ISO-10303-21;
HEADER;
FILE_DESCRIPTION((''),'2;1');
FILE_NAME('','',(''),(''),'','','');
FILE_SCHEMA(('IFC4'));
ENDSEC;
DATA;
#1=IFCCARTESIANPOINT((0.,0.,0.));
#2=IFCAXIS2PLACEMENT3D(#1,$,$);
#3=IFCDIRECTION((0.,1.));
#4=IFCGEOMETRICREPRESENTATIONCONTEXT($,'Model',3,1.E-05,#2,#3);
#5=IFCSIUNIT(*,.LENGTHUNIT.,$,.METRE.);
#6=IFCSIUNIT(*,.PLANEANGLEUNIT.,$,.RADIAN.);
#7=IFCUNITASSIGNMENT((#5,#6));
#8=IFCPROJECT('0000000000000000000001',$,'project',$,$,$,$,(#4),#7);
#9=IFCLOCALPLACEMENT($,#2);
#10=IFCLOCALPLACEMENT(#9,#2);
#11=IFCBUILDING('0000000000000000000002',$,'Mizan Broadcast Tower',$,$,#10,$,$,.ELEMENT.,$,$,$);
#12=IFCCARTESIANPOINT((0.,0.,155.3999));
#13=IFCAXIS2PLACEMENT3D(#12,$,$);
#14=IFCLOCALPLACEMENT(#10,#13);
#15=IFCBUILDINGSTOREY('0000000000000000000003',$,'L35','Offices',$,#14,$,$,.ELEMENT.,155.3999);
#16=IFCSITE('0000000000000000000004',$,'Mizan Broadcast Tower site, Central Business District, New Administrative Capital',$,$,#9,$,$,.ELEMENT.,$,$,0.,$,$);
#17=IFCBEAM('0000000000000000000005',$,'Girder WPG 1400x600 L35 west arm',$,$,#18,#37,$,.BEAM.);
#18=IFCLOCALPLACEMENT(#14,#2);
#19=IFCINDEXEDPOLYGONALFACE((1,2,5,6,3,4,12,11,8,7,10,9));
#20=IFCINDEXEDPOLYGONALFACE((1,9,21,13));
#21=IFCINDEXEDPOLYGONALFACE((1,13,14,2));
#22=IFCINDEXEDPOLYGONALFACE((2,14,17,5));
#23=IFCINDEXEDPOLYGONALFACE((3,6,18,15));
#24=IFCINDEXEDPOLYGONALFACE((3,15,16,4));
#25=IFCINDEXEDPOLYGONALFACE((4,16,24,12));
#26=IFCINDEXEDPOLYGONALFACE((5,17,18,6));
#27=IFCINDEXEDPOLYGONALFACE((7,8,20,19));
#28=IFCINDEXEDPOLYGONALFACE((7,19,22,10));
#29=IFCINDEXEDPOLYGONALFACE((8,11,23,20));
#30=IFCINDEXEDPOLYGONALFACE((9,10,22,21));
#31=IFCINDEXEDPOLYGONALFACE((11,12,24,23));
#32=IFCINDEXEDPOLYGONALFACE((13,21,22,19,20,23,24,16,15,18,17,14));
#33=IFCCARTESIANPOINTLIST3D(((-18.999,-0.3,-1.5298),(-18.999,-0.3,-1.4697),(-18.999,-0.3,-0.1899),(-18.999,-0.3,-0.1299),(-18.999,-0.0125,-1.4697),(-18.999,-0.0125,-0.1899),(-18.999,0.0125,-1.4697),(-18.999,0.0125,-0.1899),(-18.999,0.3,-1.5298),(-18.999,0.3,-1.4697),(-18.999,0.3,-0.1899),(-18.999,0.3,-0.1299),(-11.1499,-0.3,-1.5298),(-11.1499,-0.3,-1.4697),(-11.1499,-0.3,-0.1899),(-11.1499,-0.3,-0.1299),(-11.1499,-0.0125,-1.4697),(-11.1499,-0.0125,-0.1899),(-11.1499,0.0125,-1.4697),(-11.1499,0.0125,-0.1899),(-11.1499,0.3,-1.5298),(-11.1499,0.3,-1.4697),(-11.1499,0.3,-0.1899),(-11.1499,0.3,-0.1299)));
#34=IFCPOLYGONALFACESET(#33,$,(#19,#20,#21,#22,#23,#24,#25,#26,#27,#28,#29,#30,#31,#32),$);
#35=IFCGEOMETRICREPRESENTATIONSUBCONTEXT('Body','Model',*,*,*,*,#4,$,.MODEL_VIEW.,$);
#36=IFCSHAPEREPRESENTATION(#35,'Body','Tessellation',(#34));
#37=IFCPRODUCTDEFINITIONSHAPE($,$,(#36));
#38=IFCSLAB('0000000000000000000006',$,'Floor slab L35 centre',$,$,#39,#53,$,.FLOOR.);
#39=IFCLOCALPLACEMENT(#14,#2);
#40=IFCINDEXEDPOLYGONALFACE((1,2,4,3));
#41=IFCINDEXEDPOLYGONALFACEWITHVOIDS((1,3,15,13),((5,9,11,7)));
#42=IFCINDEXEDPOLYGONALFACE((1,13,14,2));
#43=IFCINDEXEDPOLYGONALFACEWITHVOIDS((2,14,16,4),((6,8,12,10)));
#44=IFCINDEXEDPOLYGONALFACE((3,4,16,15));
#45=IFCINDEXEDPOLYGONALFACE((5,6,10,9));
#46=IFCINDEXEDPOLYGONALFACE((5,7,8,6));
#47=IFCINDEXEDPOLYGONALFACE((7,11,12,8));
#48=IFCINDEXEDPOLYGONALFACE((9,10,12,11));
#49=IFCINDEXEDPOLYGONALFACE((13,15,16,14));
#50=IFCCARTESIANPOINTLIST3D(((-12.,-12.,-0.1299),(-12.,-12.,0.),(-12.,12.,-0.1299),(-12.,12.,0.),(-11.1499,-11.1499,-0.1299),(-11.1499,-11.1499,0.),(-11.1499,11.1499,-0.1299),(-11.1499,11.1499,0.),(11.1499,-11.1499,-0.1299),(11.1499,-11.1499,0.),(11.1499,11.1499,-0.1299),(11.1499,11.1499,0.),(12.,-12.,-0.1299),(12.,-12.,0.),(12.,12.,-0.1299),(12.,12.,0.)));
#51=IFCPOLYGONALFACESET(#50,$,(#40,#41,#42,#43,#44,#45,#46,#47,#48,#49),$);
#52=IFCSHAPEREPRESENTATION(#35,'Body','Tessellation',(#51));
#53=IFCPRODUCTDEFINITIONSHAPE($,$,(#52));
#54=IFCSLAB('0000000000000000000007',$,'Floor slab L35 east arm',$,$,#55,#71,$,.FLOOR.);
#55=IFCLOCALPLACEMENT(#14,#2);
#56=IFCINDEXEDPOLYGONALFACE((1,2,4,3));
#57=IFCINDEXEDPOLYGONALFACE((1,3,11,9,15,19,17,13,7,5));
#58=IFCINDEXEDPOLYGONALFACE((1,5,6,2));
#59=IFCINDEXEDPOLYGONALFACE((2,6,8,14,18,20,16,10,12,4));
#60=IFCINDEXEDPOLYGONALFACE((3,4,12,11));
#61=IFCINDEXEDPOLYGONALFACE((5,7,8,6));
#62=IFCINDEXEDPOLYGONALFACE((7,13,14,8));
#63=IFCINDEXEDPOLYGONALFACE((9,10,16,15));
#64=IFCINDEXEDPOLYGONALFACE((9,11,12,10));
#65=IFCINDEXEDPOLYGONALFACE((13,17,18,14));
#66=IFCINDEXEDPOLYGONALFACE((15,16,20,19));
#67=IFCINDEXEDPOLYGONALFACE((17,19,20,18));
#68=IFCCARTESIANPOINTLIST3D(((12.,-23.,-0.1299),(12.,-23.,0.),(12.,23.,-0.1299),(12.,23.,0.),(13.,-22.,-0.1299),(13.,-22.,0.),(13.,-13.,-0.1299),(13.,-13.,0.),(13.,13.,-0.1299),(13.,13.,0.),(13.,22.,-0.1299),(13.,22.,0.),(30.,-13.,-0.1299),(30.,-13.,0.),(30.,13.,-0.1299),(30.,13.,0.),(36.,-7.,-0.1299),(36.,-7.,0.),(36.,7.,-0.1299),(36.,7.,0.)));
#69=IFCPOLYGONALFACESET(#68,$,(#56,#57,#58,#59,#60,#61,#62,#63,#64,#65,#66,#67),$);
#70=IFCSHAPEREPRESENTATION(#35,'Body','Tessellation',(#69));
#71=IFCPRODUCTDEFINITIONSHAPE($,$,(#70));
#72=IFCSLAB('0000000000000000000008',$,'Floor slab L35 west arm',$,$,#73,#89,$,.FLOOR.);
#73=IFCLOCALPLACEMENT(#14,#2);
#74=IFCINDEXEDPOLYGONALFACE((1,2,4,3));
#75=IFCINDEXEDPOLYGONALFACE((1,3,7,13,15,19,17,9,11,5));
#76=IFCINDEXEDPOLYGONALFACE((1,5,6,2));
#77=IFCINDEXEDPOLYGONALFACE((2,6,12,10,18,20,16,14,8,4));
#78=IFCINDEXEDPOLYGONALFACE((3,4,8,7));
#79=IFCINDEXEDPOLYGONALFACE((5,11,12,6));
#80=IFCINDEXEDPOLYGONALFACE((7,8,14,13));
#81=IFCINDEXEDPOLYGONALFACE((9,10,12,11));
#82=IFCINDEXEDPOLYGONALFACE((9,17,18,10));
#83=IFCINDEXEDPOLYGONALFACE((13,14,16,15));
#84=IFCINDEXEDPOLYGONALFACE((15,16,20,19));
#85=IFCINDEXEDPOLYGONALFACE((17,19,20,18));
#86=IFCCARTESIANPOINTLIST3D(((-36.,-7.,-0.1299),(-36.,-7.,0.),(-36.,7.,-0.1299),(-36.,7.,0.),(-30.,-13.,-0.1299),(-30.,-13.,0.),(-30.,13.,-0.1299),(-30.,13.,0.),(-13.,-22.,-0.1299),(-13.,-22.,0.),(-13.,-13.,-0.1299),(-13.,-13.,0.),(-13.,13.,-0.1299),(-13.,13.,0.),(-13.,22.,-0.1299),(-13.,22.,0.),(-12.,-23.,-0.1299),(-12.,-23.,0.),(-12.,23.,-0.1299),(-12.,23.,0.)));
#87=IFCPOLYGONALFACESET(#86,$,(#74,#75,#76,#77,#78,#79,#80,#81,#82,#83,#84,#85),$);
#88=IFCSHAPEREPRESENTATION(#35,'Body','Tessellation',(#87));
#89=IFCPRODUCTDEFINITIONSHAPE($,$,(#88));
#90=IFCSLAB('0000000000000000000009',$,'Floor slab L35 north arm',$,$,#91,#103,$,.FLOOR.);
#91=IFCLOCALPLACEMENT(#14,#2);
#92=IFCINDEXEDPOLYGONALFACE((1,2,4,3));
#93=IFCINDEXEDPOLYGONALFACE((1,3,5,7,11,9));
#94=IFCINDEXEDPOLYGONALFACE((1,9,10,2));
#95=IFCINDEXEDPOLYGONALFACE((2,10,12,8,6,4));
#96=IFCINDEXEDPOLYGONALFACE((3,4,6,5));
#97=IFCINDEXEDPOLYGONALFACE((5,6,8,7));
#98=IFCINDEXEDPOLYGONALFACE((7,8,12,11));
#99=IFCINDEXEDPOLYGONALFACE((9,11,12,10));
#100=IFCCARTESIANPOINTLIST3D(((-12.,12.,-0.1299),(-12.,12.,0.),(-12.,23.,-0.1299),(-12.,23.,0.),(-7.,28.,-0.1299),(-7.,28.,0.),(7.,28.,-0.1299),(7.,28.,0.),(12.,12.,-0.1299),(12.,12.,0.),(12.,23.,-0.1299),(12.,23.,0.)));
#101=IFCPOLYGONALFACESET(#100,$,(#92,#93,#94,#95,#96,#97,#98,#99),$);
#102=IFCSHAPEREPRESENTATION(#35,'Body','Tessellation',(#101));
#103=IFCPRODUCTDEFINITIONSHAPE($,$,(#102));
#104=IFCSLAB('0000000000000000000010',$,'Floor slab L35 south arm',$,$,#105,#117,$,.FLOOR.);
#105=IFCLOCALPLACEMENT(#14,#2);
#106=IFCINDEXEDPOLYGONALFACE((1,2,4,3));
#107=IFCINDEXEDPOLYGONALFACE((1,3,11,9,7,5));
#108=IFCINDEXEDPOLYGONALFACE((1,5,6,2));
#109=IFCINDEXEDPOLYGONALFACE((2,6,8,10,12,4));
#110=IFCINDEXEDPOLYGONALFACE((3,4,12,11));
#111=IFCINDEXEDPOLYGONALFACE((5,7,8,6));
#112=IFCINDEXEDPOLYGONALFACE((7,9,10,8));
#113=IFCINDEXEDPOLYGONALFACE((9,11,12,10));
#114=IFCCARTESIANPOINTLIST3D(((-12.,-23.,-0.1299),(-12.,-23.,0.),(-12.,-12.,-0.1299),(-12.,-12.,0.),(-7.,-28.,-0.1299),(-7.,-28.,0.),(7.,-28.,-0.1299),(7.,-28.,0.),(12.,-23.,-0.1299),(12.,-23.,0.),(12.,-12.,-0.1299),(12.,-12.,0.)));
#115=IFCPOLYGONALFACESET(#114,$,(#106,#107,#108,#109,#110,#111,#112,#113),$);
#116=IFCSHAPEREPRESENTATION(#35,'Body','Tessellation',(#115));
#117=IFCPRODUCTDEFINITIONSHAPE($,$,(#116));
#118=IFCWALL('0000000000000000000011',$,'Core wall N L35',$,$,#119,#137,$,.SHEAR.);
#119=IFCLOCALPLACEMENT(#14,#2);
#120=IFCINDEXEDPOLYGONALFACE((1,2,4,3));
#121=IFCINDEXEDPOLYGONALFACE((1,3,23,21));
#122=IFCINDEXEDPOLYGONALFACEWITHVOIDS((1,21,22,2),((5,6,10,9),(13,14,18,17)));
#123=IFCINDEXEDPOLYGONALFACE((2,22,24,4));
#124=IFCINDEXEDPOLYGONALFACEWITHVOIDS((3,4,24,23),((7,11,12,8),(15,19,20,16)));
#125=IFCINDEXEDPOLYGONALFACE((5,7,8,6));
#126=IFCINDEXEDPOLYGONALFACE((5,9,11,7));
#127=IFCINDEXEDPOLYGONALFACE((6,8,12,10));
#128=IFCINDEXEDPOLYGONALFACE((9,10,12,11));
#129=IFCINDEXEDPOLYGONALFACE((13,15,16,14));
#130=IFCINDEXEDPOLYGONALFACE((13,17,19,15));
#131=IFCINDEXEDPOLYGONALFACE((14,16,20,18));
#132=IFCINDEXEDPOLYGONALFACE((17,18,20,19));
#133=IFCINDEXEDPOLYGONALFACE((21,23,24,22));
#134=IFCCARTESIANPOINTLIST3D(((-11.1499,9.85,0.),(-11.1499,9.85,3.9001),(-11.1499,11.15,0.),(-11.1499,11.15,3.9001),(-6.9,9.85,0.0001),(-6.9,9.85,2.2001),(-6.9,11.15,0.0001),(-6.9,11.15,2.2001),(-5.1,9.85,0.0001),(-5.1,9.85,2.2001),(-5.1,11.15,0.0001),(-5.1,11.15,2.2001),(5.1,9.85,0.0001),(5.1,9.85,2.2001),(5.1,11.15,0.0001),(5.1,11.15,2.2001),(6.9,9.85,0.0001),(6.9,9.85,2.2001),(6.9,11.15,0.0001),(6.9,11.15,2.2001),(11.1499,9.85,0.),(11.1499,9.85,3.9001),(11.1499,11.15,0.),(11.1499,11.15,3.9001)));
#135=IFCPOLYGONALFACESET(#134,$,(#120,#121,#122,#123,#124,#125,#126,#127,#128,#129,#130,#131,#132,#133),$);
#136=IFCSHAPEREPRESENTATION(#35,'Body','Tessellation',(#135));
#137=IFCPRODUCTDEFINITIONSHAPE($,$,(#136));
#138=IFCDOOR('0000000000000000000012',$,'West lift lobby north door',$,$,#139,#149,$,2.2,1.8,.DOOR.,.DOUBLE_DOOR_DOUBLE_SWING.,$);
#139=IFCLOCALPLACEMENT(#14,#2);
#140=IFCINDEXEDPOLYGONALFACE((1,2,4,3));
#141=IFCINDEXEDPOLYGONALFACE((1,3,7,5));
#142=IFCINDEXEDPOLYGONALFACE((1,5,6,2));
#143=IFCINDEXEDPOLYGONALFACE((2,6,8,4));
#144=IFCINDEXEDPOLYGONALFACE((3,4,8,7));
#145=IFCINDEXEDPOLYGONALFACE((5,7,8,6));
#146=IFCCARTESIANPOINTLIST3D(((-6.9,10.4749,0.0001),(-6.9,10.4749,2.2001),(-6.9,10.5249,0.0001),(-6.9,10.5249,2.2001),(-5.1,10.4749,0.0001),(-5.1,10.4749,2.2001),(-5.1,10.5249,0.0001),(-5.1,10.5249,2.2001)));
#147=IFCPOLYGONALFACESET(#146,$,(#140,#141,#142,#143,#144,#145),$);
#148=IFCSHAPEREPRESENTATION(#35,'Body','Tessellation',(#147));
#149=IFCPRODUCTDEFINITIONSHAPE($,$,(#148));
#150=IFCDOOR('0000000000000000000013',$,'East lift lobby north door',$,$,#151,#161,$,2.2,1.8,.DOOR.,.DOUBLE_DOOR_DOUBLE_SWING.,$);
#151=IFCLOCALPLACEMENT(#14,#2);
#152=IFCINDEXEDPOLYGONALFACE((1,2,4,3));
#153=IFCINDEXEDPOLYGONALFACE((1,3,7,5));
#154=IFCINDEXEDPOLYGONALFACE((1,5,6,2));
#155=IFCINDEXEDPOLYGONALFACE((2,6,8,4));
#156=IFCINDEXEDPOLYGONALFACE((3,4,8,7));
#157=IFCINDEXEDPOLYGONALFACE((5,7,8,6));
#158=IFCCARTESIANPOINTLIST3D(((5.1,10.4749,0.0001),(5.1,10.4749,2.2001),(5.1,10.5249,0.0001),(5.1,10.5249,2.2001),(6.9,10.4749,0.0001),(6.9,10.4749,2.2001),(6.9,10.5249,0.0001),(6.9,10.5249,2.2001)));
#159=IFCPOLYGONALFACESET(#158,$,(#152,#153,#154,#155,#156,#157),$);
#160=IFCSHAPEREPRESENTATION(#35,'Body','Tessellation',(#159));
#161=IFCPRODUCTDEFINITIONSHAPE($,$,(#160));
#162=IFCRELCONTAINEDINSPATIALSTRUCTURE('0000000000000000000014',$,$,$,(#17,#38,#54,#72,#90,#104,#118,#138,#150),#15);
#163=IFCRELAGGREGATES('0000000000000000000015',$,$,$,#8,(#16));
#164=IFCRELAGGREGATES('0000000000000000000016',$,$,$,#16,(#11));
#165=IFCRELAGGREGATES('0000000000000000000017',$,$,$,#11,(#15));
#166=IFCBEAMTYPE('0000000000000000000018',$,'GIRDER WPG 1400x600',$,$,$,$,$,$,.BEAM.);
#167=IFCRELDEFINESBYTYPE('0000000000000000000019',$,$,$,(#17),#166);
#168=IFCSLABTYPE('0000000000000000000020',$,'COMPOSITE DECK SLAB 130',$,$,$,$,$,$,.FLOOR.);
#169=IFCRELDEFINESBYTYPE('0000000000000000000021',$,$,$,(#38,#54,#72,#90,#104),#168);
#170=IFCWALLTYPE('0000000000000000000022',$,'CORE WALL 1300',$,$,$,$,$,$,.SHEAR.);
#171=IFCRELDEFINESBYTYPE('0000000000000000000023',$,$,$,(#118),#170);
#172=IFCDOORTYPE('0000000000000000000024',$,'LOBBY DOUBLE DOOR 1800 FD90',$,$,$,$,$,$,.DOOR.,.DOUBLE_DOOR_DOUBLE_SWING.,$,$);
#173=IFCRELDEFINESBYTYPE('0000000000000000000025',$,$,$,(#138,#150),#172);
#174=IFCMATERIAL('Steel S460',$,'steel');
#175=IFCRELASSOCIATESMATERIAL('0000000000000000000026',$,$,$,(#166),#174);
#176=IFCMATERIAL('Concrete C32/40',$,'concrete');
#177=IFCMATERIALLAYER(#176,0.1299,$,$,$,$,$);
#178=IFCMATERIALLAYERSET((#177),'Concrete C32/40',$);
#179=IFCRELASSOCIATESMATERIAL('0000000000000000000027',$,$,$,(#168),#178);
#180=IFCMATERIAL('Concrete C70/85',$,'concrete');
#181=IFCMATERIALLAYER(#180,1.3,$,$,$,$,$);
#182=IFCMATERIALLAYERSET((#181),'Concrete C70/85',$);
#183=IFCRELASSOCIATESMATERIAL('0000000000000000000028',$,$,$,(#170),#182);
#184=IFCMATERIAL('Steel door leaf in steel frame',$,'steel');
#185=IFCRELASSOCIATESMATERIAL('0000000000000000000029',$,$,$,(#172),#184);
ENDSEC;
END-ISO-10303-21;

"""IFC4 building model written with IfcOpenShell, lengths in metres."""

from ifc_helpers import new_model, si_unit, direction, frame, frame_2d, origin, origin_2d, place, context, subcontext, project, spatial, polyline, rectangle, i_section, outline, extrude, material, layer, layer_set, material_profile, profile_set, type_object, element, fill, save


model = new_model("IFC4")

# Units and contexts
model_context = context("Model", 3, precision=1e-05, world=origin(), true_north=direction((0.0, 1.0)))
body_context = subcontext(model_context, "Body", "Model", "MODEL_VIEW")
ifc_project = project(units=[si_unit("LENGTHUNIT", "METRE"), si_unit("PLANEANGLEUNIT", "RADIAN")], contexts=[model_context])

# Site, building, storey
site_placement = place(None, origin())
site = spatial("IfcSite", under=ifc_project, at=site_placement, Name="Mizan Broadcast Tower site, Central Business District, New Administrative Capital", CompositionType="ELEMENT", RefElevation=0.0)
building_placement = place(site_placement, origin())
building = spatial("IfcBuilding", under=site, at=building_placement, Name="Mizan Broadcast Tower", CompositionType="ELEMENT")
storey_placement = place(building_placement, frame((0.0, 0.0, 155.3999)))
storey = spatial("IfcBuildingStorey", under=building, at=storey_placement, Name="L35", Description="Offices", CompositionType="ELEMENT", Elevation=155.3999)

# Beam
ifc_material_1 = material(Name="Steel S460", Category="steel")
ifc_material_profile = material_profile(ifc_material_1, i_section(OverallWidth=0.6001, OverallDepth=1.3999, WebThickness=0.0249, FlangeThickness=0.0601, at=origin_2d()), Name="WPG 1400x600")
ifc_profile_set = profile_set([ifc_material_profile], Name="Steel S460")
beam_type = type_object("IfcBeamType", Name="GIRDER WPG 1400x600", PredefinedType="BEAM", material=ifc_profile_set)
beam_placement = place(storey_placement, frame((-11.1499, 0.0, -0.8298), z_axis=(-1.0, 0.0, 0.0), x_axis=(0.0, -1.0, 0.0)))
element("IfcBeam", 1, at=beam_placement, inside=storey, type_object=beam_type, Name="Girder WPG 1400x600 L35 west arm", PredefinedType="BEAM", context=body_context, shape_type="SweptSolid", body=[
    extrude(i_section(OverallWidth=0.6001, OverallDepth=1.3999, WebThickness=0.0249, FlangeThickness=0.0601, at=origin_2d()), origin(), (0.0, 0.0, 1.0), 7.8491),
])

# Slabs
ifc_material_2 = material(Name="Concrete C32/40", Category="concrete")
ifc_layer_1 = layer(ifc_material_2, 0.1299)
ifc_layer_set_1 = layer_set([ifc_layer_1], Name="Concrete C32/40")
slab_type = type_object("IfcSlabType", Name="COMPOSITE DECK SLAB 130", PredefinedType="FLOOR", material=ifc_layer_set_1)
slab_1_placement = place(storey_placement, frame((0.0, 0.0, -0.1299)))
element("IfcSlab", 2, at=slab_1_placement, inside=storey, type_object=slab_type, Name="Floor slab L35 centre", PredefinedType="FLOOR", context=body_context, shape_type="SweptSolid", body=[
    extrude(outline(polyline([(-12.0, -12.0), (12.0, -12.0), (12.0, 12.0), (-12.0, 12.0), (-12.0, -12.0)]), holes=[polyline([(-11.1499, 11.1499), (11.1499, 11.1499), (11.1499, -11.1499), (-11.1499, -11.1499), (-11.1499, 11.1499)])]), origin(), (0.0, 0.0, 1.0), 0.1299),
])
slab_2_placement = place(storey_placement, frame((0.0, 0.0, -0.1299)))
element("IfcSlab", 3, at=slab_2_placement, inside=storey, type_object=slab_type, Name="Floor slab L35 east arm", PredefinedType="FLOOR", context=body_context, shape_type="SweptSolid", body=[
    extrude(outline(polyline([(12.0, -23.0), (13.0, -22.0), (13.0, -13.0), (30.0, -13.0), (36.0, -7.0), (36.0, 7.0), (30.0, 13.0), (13.0, 13.0), (13.0, 22.0), (12.0, 23.0), (12.0, -23.0)])), origin(), (0.0, 0.0, 1.0), 0.1299),
])
slab_3_placement = place(storey_placement, frame((0.0, 0.0, -0.1299)))
element("IfcSlab", 4, at=slab_3_placement, inside=storey, type_object=slab_type, Name="Floor slab L35 west arm", PredefinedType="FLOOR", context=body_context, shape_type="SweptSolid", body=[
    extrude(outline(polyline([(-13.0, -22.0), (-12.0, -23.0), (-12.0, 23.0), (-13.0, 22.0), (-13.0, 13.0), (-30.0, 13.0), (-36.0, 7.0), (-36.0, -7.0), (-30.0, -13.0), (-13.0, -13.0), (-13.0, -22.0)])), origin(), (0.0, 0.0, 1.0), 0.1299),
])
slab_4_placement = place(storey_placement, frame((0.0, 0.0, -0.1299)))
element("IfcSlab", 5, at=slab_4_placement, inside=storey, type_object=slab_type, Name="Floor slab L35 north arm", PredefinedType="FLOOR", context=body_context, shape_type="SweptSolid", body=[
    extrude(outline(polyline([(-7.0, 28.0), (-12.0, 23.0), (-12.0, 12.0), (12.0, 12.0), (12.0, 23.0), (7.0, 28.0), (-7.0, 28.0)])), origin(), (0.0, 0.0, 1.0), 0.1299),
])
slab_5_placement = place(storey_placement, frame((0.0, 0.0, -0.1299)))
element("IfcSlab", 6, at=slab_5_placement, inside=storey, type_object=slab_type, Name="Floor slab L35 south arm", PredefinedType="FLOOR", context=body_context, shape_type="SweptSolid", body=[
    extrude(outline(polyline([(7.0, -28.0), (12.0, -23.0), (12.0, -12.0), (-12.0, -12.0), (-12.0, -23.0), (-7.0, -28.0), (7.0, -28.0)])), origin(), (0.0, 0.0, 1.0), 0.1299),
])

# Wall, openings, doors
ifc_material_3 = material(Name="Concrete C70/85", Category="concrete")
ifc_layer_2 = layer(ifc_material_3, 1.3)
ifc_layer_set_2 = layer_set([ifc_layer_2], Name="Concrete C70/85")
wall_type_1 = type_object("IfcWallType", Name="CORE WALL 1300", PredefinedType="SHEAR", material=ifc_layer_set_2)
wall_1_placement = place(storey_placement, frame((-11.1499, 10.5, 0.0), z_axis=(0.0, 0.0, 1.0), x_axis=(1.0, 0.0, 0.0)))
wall_1 = element("IfcWall", 7, at=wall_1_placement, inside=storey, type_object=wall_type_1, Name="Core wall N L35", PredefinedType="SHEAR", context=body_context, shape_type="SweptSolid", body=[
    extrude(rectangle(XDim=22.2998, YDim=1.3, at=frame_2d((11.1499, 0.0))), origin(), (0.0, 0.0, 1.0), 3.9001),
])
opening_1_placement = place(wall_1_placement, frame((4.25, 0.0, 0.0)))
opening_1 = element("IfcOpeningElement", 8, at=opening_1_placement, cuts=wall_1, PredefinedType="OPENING", context=body_context, shape_type="SweptSolid", body=[
    extrude(rectangle(XDim=1.8, YDim=2.2, at=frame_2d((0.8999, 1.1001))), frame((0.0, 0.6599, 0.0), z_axis=(0.0, -1.0, 0.0), x_axis=(1.0, 0.0, 0.0)), (0.0, 0.0, 1.0), 1.3201),
])
opening_2_placement = place(wall_1_placement, frame((16.25, 0.0, 0.0)))
opening_2 = element("IfcOpeningElement", 9, at=opening_2_placement, cuts=wall_1, PredefinedType="OPENING", context=body_context, shape_type="SweptSolid", body=[
    extrude(rectangle(XDim=1.8, YDim=2.2, at=frame_2d((0.8999, 1.1001))), frame((0.0, 0.6599, 0.0), z_axis=(0.0, -1.0, 0.0), x_axis=(1.0, 0.0, 0.0)), (0.0, 0.0, 1.0), 1.3201),
])
ifc_material_4 = material(Name="Steel door leaf in steel frame", Category="steel")
door_type_1 = type_object("IfcDoorType", Name="LOBBY DOUBLE DOOR 1800 FD90", OperationType="DOUBLE_DOOR_DOUBLE_SWING", PredefinedType="DOOR", material=ifc_material_4)
door_1_placement = place(opening_1_placement, origin())
door_1 = element("IfcDoor", 10, at=door_1_placement, inside=storey, type_object=door_type_1, Name="West lift lobby north door", OperationType="DOUBLE_DOOR_DOUBLE_SWING", OverallHeight=2.2, OverallWidth=1.8, PredefinedType="DOOR", context=body_context, shape_type="SweptSolid", body=[
    extrude(rectangle(XDim=1.8, YDim=2.2, at=frame_2d((0.8999, 1.1001))), frame((0.0, 0.0249, 0.0), z_axis=(0.0, -1.0, 0.0), x_axis=(1.0, 0.0, 0.0)), (0.0, 0.0, 1.0), 0.05),
])
fill(opening_1, door_1)
door_2_placement = place(opening_2_placement, origin())
door_2 = element("IfcDoor", 11, at=door_2_placement, inside=storey, type_object=door_type_1, Name="East lift lobby north door", OperationType="DOUBLE_DOOR_DOUBLE_SWING", OverallHeight=2.2, OverallWidth=1.8, PredefinedType="DOOR", context=body_context, shape_type="SweptSolid", body=[
    extrude(rectangle(XDim=1.8, YDim=2.2, at=frame_2d((0.8999, 1.1001))), frame((0.0, 0.0249, 0.0), z_axis=(0.0, -1.0, 0.0), x_axis=(1.0, 0.0, 0.0)), (0.0, 0.0, 1.0), 0.05),
])
fill(opening_2, door_2)

save(model, "model.ifc")
